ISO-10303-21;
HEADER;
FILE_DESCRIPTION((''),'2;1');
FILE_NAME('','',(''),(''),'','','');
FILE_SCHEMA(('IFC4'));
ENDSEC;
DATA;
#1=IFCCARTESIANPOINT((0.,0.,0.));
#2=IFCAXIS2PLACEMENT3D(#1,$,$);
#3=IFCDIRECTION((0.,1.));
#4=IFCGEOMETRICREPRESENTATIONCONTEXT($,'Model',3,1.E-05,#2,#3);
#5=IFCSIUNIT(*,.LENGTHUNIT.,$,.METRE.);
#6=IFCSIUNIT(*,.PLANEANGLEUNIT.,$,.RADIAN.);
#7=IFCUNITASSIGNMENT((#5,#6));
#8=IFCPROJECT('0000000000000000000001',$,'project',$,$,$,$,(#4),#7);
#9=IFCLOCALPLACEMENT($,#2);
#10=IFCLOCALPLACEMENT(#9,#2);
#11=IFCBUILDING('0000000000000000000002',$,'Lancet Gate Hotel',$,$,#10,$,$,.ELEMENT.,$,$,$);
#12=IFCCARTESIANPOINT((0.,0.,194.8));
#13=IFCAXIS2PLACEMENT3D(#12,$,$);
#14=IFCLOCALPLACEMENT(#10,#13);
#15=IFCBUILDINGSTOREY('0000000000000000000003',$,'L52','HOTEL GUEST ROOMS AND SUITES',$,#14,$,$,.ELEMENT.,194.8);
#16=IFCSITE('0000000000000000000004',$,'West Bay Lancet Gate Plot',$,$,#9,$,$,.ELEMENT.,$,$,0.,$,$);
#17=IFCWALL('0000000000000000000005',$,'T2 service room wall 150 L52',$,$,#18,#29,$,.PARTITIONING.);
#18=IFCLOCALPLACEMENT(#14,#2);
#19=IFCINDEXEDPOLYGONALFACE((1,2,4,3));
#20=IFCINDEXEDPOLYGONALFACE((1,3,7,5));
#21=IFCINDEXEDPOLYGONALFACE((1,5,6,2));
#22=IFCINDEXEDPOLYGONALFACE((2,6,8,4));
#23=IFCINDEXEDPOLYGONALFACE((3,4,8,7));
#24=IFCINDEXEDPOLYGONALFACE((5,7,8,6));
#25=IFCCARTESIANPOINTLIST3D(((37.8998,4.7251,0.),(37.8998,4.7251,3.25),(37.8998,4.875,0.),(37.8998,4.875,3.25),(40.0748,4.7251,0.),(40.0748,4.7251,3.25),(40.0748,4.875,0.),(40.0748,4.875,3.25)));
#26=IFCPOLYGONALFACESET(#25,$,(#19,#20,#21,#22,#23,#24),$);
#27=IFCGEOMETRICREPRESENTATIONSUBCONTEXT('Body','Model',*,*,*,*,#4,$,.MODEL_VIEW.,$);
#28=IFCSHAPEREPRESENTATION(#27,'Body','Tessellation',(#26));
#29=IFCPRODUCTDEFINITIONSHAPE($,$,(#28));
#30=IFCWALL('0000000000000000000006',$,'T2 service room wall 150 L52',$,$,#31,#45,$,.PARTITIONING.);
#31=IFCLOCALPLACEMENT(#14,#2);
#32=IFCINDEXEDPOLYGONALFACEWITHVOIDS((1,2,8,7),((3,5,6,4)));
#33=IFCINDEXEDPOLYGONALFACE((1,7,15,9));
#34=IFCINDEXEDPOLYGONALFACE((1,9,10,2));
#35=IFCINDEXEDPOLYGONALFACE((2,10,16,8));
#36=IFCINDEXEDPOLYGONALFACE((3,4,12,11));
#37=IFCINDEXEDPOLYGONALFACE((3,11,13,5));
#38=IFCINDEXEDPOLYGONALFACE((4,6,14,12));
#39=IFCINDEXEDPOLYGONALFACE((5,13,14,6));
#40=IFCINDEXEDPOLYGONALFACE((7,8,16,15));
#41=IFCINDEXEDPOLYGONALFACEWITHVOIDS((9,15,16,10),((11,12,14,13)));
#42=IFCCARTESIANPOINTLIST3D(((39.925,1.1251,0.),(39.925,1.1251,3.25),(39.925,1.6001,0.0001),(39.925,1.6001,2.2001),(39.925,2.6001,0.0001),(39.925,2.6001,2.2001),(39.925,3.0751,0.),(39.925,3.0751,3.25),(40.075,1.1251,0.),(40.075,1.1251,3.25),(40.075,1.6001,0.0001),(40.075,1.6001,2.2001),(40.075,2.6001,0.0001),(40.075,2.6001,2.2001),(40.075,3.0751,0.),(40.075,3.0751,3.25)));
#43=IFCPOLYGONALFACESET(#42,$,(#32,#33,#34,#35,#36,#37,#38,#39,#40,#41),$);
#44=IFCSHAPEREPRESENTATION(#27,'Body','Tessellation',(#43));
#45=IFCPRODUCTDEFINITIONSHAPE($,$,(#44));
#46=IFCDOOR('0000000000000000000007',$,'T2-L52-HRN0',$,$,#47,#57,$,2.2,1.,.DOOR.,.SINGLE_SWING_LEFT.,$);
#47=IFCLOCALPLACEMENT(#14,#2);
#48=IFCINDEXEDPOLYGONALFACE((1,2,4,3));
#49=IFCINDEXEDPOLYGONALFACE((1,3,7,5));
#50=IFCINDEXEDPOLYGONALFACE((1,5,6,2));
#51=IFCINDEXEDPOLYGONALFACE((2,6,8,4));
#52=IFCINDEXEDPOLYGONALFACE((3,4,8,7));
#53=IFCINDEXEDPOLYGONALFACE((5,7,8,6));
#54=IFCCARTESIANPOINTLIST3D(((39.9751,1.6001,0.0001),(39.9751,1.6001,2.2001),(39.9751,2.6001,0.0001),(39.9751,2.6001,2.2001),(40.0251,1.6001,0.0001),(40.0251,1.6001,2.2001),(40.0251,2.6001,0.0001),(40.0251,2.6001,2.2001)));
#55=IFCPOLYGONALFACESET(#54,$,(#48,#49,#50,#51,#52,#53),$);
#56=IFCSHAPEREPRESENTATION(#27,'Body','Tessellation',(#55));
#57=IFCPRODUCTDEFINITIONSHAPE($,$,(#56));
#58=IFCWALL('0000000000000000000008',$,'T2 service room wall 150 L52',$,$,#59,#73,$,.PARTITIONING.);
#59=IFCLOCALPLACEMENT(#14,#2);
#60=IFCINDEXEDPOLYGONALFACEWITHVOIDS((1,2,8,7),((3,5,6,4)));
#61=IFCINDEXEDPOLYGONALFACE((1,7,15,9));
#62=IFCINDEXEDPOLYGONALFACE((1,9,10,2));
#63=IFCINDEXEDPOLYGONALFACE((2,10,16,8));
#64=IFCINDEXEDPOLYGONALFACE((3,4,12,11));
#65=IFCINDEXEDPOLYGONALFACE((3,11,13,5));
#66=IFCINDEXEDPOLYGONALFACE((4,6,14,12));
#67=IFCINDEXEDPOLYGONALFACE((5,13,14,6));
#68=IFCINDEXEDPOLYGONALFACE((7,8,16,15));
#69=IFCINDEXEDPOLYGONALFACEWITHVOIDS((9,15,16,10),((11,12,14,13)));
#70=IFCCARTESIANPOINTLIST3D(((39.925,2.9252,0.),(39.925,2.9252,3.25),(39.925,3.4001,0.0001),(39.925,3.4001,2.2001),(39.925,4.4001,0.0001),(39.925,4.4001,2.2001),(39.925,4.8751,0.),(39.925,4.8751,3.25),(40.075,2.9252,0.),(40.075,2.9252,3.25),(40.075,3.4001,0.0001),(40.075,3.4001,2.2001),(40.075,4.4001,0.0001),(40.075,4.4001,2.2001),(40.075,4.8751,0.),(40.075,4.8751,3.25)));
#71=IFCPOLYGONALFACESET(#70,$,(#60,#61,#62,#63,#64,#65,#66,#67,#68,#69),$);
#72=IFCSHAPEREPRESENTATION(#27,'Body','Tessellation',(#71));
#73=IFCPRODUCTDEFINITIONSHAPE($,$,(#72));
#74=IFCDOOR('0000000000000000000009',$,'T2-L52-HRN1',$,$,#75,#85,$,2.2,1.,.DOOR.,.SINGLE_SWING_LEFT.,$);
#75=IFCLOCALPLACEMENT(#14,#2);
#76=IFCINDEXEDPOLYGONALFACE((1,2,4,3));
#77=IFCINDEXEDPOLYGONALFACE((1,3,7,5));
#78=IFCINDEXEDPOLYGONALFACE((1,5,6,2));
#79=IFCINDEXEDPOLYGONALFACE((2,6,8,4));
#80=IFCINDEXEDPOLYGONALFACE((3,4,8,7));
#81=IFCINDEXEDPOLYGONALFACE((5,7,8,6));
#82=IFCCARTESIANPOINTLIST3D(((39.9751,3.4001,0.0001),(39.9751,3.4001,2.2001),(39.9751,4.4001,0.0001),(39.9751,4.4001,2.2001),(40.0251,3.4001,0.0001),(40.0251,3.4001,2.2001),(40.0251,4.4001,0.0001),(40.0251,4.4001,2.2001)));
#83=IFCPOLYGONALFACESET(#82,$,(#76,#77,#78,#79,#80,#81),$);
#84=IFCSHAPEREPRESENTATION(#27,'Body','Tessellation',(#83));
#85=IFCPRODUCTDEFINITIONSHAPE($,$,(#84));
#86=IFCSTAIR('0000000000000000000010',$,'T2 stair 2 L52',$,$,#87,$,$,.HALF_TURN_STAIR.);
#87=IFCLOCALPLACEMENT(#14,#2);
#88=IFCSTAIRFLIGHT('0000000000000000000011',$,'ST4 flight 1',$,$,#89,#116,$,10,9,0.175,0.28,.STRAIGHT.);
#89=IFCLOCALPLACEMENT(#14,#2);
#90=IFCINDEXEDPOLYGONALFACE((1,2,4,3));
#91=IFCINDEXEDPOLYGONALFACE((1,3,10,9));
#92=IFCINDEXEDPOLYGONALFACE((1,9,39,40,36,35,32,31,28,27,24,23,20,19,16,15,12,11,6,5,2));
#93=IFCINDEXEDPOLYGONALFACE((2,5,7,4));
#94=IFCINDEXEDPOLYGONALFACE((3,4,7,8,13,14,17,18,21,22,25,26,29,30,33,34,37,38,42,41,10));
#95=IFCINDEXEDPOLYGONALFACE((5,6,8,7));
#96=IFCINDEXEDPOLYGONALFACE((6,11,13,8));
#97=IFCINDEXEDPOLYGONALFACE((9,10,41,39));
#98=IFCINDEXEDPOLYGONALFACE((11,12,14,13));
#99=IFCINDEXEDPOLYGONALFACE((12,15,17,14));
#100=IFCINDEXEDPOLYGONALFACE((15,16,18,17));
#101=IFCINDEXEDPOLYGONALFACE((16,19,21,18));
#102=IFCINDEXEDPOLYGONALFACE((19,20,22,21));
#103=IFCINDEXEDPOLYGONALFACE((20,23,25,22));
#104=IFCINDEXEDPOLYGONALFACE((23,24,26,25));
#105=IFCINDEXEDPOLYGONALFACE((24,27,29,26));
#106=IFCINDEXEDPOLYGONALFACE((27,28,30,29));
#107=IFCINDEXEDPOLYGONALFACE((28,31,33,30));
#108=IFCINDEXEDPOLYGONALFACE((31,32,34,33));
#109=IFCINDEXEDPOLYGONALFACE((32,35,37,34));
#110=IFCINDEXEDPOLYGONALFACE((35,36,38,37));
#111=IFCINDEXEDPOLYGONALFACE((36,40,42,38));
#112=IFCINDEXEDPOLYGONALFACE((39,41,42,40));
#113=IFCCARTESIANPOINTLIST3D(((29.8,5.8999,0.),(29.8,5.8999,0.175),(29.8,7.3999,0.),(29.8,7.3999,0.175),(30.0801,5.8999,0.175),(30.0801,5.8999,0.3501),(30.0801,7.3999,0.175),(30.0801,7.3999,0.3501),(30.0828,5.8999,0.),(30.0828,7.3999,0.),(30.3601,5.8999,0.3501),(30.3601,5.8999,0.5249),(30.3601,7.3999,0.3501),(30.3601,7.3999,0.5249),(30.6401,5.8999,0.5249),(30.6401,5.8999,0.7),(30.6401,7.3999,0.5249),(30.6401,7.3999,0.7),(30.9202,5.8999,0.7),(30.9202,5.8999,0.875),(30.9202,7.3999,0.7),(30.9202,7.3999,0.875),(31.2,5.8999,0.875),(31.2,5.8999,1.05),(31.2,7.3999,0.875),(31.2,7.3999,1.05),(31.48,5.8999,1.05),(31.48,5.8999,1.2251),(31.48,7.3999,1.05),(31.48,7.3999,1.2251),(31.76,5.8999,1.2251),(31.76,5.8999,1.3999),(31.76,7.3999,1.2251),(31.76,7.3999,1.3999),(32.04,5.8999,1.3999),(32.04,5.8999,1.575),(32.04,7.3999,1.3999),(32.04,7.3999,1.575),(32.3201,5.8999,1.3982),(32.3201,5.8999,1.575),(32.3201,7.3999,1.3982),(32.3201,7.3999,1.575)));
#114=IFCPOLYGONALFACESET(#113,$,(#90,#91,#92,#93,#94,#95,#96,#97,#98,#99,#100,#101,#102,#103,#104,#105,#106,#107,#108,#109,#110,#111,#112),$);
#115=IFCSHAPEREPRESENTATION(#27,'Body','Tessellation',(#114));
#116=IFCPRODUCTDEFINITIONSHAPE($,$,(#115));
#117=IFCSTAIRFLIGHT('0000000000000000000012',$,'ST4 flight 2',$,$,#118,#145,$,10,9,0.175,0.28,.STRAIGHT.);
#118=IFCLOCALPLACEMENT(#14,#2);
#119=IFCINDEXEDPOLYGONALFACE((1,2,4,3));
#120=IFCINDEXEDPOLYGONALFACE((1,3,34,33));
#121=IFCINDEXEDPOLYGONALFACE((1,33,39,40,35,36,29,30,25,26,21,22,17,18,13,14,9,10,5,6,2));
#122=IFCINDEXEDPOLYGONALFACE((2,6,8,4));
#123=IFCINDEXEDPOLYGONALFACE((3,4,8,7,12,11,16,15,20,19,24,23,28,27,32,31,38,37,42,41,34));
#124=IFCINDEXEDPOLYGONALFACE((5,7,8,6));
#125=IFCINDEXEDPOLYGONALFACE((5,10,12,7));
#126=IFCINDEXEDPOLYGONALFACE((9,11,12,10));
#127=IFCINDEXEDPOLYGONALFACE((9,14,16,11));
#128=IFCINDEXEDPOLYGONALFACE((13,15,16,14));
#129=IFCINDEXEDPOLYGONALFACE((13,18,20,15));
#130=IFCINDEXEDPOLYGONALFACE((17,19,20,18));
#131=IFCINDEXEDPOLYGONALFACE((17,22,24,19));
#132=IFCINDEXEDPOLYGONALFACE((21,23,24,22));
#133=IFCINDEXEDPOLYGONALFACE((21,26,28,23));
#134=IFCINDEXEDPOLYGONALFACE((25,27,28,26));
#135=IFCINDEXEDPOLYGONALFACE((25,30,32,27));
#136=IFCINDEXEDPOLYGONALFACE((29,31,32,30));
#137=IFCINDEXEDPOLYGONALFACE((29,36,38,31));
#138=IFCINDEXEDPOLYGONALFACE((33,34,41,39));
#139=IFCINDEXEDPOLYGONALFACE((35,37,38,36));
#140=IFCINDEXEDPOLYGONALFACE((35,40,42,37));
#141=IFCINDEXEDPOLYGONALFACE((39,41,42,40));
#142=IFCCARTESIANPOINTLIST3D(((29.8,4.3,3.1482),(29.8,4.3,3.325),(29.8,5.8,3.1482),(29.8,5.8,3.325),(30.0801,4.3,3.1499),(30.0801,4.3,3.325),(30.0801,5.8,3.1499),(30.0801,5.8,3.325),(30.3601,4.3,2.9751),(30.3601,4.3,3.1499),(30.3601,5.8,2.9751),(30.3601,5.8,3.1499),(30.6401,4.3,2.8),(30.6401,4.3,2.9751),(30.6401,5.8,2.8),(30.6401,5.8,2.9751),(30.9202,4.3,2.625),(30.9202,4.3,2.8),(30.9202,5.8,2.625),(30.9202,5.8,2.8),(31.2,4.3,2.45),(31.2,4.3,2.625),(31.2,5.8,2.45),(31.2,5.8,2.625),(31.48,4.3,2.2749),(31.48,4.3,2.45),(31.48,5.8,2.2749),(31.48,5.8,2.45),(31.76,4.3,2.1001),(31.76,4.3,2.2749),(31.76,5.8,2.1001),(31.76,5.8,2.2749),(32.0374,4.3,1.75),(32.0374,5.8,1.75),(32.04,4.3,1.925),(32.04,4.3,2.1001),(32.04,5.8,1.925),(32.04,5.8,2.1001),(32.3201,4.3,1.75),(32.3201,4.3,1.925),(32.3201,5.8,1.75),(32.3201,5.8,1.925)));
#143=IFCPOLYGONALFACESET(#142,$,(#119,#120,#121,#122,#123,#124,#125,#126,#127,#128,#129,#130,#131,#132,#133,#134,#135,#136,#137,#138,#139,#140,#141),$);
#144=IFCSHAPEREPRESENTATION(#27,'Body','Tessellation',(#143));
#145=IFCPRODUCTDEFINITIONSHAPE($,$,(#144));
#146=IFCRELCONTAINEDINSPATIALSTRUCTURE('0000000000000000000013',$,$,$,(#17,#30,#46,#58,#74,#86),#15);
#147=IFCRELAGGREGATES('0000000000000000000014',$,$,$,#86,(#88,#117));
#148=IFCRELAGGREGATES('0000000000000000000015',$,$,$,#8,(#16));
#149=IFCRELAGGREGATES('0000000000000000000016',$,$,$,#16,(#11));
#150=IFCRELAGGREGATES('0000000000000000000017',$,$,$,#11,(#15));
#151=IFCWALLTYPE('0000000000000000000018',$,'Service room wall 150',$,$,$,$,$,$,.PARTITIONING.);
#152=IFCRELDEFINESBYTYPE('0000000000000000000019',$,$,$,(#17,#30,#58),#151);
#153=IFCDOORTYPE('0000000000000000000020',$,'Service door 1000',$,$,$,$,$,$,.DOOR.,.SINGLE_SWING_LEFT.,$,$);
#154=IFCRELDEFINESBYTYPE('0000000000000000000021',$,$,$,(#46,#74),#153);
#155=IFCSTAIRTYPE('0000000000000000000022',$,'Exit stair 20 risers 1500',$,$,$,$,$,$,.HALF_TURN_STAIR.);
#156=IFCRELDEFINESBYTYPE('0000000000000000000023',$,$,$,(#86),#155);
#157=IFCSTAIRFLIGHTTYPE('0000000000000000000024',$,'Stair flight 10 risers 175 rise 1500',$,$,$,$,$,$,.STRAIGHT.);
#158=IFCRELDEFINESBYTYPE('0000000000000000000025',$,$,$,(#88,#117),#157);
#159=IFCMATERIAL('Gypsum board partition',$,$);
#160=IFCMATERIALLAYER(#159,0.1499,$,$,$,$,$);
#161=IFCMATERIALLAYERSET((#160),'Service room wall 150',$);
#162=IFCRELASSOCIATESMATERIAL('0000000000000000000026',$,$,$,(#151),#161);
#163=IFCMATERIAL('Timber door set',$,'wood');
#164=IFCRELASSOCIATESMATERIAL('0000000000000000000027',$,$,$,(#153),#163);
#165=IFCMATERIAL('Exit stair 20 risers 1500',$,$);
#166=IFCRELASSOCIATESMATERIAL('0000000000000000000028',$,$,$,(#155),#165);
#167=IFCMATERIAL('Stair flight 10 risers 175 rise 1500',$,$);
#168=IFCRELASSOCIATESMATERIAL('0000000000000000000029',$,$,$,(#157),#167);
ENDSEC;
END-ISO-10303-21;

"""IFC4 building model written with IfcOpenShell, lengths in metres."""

from ifc_helpers import new_model, si_unit, direction, frame, frame_2d, origin, place, context, subcontext, project, spatial, polyline, rectangle, outline, extrude, material, layer, layer_set, type_object, element, fill, aggregate, save


model = new_model("IFC4")

# Units and contexts
model_context = context("Model", 3, precision=1e-05, world=origin(), true_north=direction((0.0, 1.0)))
body_context = subcontext(model_context, "Body", "Model", "MODEL_VIEW")
ifc_project = project(units=[si_unit("LENGTHUNIT", "METRE"), si_unit("PLANEANGLEUNIT", "RADIAN")], contexts=[model_context])

# Site, building, storey
site_placement = place(None, origin())
site = spatial("IfcSite", under=ifc_project, at=site_placement, Name="West Bay Lancet Gate Plot", CompositionType="ELEMENT", RefElevation=0.0)
building_placement = place(site_placement, origin())
building = spatial("IfcBuilding", under=site, at=building_placement, Name="Lancet Gate Hotel", CompositionType="ELEMENT")
storey_placement = place(building_placement, frame((0.0, 0.0, 194.8)))
storey = spatial("IfcBuildingStorey", under=building, at=storey_placement, Name="L52", Description="HOTEL GUEST ROOMS AND SUITES", CompositionType="ELEMENT", Elevation=194.8)

# Wall
ifc_material_1 = material(Name="Gypsum board partition")
ifc_layer_1 = layer(ifc_material_1, 0.1499)
ifc_layer_set_1 = layer_set([ifc_layer_1], Name="Service room wall 150")
wall_type_1 = type_object("IfcWallType", Name="Service room wall 150", PredefinedType="PARTITIONING", material=ifc_layer_set_1)
for number, where, z_axis, x_axis, name in (
    (1, (37.8999, 4.8, 0.0), (0.0, 0.0, 1.0), (1.0, 0.0, 0.0), "T2 service room wall 150 L52"),
):
    element("IfcWall", number, at=place(storey_placement, frame(where, z_axis=z_axis, x_axis=x_axis)), inside=storey, type_object=wall_type_1, Name=name, PredefinedType="PARTITIONING", context=body_context, shape_type="SweptSolid", body=[
        extrude(rectangle(XDim=2.175, YDim=0.1499, at=frame_2d((1.0874, 0.0))), origin(), (0.0, 0.0, 1.0), 3.25),
    ])

# Walls, openings, doors
wall_1_placement = place(storey_placement, frame((40.0, 1.125, 0.0), z_axis=(0.0, 0.0, 1.0), x_axis=(0.0, 1.0, 0.0)))
wall_1 = element("IfcWall", 2, at=wall_1_placement, inside=storey, type_object=wall_type_1, Name="T2 service room wall 150 L52", PredefinedType="PARTITIONING", context=body_context, shape_type="SweptSolid", body=[
    extrude(rectangle(XDim=1.95, YDim=0.1499, at=frame_2d((0.9751, 0.0))), origin(), (0.0, 0.0, 1.0), 3.25),
])
opening_1_placement = place(wall_1_placement, frame((0.4751, 0.0, 0.0)))
opening_1 = element("IfcOpeningElement", 3, at=opening_1_placement, cuts=wall_1, PredefinedType="OPENING", context=body_context, shape_type="SweptSolid", body=[
    extrude(rectangle(XDim=1.0, YDim=2.2, at=frame_2d((0.5, 1.1001))), frame((0.0, 0.085, 0.0), z_axis=(0.0, -1.0, 0.0), x_axis=(1.0, 0.0, 0.0)), (0.0, 0.0, 1.0), 0.1699),
])
ifc_material_2 = material(Name="Timber door set", Category="wood")
door_type_1 = type_object("IfcDoorType", Name="Service door 1000", OperationType="SINGLE_SWING_LEFT", PredefinedType="DOOR", material=ifc_material_2)
door_1_placement = place(opening_1_placement, origin())
door_1 = element("IfcDoor", 4, at=door_1_placement, inside=storey, type_object=door_type_1, Name="T2-L52-HRN0", OperationType="SINGLE_SWING_LEFT", OverallHeight=2.2, OverallWidth=1.0, PredefinedType="DOOR", context=body_context, shape_type="SweptSolid", body=[
    extrude(rectangle(XDim=1.0, YDim=2.2, at=frame_2d((0.5, 1.1001))), frame((0.0, 0.0249, 0.0), z_axis=(0.0, -1.0, 0.0), x_axis=(1.0, 0.0, 0.0)), (0.0, 0.0, 1.0), 0.05),
])
fill(opening_1, door_1)
wall_2_placement = place(storey_placement, frame((40.0, 2.925, 0.0), z_axis=(0.0, 0.0, 1.0), x_axis=(0.0, 1.0, 0.0)))
wall_2 = element("IfcWall", 5, at=wall_2_placement, inside=storey, type_object=wall_type_1, Name="T2 service room wall 150 L52", PredefinedType="PARTITIONING", context=body_context, shape_type="SweptSolid", body=[
    extrude(rectangle(XDim=1.95, YDim=0.1499, at=frame_2d((0.9751, 0.0))), origin(), (0.0, 0.0, 1.0), 3.25),
])
opening_2_placement = place(wall_2_placement, frame((0.4751, 0.0, 0.0)))
opening_2 = element("IfcOpeningElement", 6, at=opening_2_placement, cuts=wall_2, PredefinedType="OPENING", context=body_context, shape_type="SweptSolid", body=[
    extrude(rectangle(XDim=1.0, YDim=2.2, at=frame_2d((0.5, 1.1001))), frame((0.0, 0.085, 0.0), z_axis=(0.0, -1.0, 0.0), x_axis=(1.0, 0.0, 0.0)), (0.0, 0.0, 1.0), 0.1699),
])
door_2_placement = place(opening_2_placement, origin())
door_2 = element("IfcDoor", 7, at=door_2_placement, inside=storey, type_object=door_type_1, Name="T2-L52-HRN1", OperationType="SINGLE_SWING_LEFT", OverallHeight=2.2, OverallWidth=1.0, PredefinedType="DOOR", context=body_context, shape_type="SweptSolid", body=[
    extrude(rectangle(XDim=1.0, YDim=2.2, at=frame_2d((0.5, 1.1001))), frame((0.0, 0.0249, 0.0), z_axis=(0.0, -1.0, 0.0), x_axis=(1.0, 0.0, 0.0)), (0.0, 0.0, 1.0), 0.05),
])
fill(opening_2, door_2)

# Stair, stair flights
ifc_material_3 = material(Name="Exit stair 20 risers 1500")
stair_type = type_object("IfcStairType", Name="Exit stair 20 risers 1500", PredefinedType="HALF_TURN_STAIR", material=ifc_material_3)
stair_placement = place(storey_placement, origin())
stair = element("IfcStair", 8, at=stair_placement, inside=storey, type_object=stair_type, Name="T2 stair 2 L52", PredefinedType="HALF_TURN_STAIR")
ifc_material_4 = material(Name="Stair flight 10 risers 175 rise 1500")
stair_flight_type = type_object("IfcStairFlightType", Name="Stair flight 10 risers 175 rise 1500", PredefinedType="STRAIGHT", material=ifc_material_4)
stair_flight_1_placement = place(storey_placement, frame((29.8, 6.6499, 0.0), z_axis=(0.0, 0.0, 1.0), x_axis=(1.0, 0.0, 0.0)))
stair_flight_1 = element("IfcStairFlight", 9, at=stair_flight_1_placement, type_object=stair_flight_type, Name="ST4 flight 1", NumberOfRisers=10, NumberOfTreads=9, PredefinedType="STRAIGHT", RiserHeight=0.175, TreadLength=0.28, context=body_context, shape_type="SweptSolid", body=[
    extrude(outline(polyline([(0.0, 0.0), (0.0, 0.175), (0.28, 0.175), (0.28, 0.3501), (0.5601, 0.3501), (0.5601, 0.5249), (0.8401, 0.5249), (0.8401, 0.7), (1.1201, 0.7), (1.1201, 0.875), (1.3999, 0.875), (1.3999, 1.05), (1.6799, 1.05), (1.6799, 1.2251), (1.96, 1.2251), (1.96, 1.3999), (2.24, 1.3999), (2.24, 1.575), (2.52, 1.575), (2.52, 1.75), (2.52, 1.3982), (0.2827, 0.0), (0.0, 0.0)])), frame((0.0, 0.75, 0.0), z_axis=(0.0, -1.0, 0.0), x_axis=(1.0, 0.0, 0.0)), (0.0, 0.0, 1.0), 1.5),
])
stair_flight_2_placement = place(storey_placement, frame((32.3201, 5.05, 1.75), z_axis=(0.0, 0.0, 1.0), x_axis=(-1.0, 0.0, 0.0)))
stair_flight_2 = element("IfcStairFlight", 10, at=stair_flight_2_placement, type_object=stair_flight_type, Name="ST4 flight 2", NumberOfRisers=10, NumberOfTreads=9, PredefinedType="STRAIGHT", RiserHeight=0.175, TreadLength=0.28, context=body_context, shape_type="SweptSolid", body=[
    extrude(outline(polyline([(0.0, 0.0), (0.0, 0.175), (0.28, 0.175), (0.28, 0.3501), (0.5601, 0.3501), (0.5601, 0.5249), (0.8401, 0.5249), (0.8401, 0.7), (1.1201, 0.7), (1.1201, 0.875), (1.3999, 0.875), (1.3999, 1.05), (1.6799, 1.05), (1.6799, 1.2251), (1.96, 1.2251), (1.96, 1.3999), (2.24, 1.3999), (2.24, 1.575), (2.52, 1.575), (2.52, 1.75), (2.52, 1.3982), (0.2827, 0.0), (0.0, 0.0)])), frame((0.0, 0.75, 0.0), z_axis=(0.0, -1.0, 0.0), x_axis=(1.0, 0.0, 0.0)), (0.0, 0.0, 1.0), 1.5),
])
aggregate(stair, [stair_flight_1, stair_flight_2])

save(model, "model.ifc")
